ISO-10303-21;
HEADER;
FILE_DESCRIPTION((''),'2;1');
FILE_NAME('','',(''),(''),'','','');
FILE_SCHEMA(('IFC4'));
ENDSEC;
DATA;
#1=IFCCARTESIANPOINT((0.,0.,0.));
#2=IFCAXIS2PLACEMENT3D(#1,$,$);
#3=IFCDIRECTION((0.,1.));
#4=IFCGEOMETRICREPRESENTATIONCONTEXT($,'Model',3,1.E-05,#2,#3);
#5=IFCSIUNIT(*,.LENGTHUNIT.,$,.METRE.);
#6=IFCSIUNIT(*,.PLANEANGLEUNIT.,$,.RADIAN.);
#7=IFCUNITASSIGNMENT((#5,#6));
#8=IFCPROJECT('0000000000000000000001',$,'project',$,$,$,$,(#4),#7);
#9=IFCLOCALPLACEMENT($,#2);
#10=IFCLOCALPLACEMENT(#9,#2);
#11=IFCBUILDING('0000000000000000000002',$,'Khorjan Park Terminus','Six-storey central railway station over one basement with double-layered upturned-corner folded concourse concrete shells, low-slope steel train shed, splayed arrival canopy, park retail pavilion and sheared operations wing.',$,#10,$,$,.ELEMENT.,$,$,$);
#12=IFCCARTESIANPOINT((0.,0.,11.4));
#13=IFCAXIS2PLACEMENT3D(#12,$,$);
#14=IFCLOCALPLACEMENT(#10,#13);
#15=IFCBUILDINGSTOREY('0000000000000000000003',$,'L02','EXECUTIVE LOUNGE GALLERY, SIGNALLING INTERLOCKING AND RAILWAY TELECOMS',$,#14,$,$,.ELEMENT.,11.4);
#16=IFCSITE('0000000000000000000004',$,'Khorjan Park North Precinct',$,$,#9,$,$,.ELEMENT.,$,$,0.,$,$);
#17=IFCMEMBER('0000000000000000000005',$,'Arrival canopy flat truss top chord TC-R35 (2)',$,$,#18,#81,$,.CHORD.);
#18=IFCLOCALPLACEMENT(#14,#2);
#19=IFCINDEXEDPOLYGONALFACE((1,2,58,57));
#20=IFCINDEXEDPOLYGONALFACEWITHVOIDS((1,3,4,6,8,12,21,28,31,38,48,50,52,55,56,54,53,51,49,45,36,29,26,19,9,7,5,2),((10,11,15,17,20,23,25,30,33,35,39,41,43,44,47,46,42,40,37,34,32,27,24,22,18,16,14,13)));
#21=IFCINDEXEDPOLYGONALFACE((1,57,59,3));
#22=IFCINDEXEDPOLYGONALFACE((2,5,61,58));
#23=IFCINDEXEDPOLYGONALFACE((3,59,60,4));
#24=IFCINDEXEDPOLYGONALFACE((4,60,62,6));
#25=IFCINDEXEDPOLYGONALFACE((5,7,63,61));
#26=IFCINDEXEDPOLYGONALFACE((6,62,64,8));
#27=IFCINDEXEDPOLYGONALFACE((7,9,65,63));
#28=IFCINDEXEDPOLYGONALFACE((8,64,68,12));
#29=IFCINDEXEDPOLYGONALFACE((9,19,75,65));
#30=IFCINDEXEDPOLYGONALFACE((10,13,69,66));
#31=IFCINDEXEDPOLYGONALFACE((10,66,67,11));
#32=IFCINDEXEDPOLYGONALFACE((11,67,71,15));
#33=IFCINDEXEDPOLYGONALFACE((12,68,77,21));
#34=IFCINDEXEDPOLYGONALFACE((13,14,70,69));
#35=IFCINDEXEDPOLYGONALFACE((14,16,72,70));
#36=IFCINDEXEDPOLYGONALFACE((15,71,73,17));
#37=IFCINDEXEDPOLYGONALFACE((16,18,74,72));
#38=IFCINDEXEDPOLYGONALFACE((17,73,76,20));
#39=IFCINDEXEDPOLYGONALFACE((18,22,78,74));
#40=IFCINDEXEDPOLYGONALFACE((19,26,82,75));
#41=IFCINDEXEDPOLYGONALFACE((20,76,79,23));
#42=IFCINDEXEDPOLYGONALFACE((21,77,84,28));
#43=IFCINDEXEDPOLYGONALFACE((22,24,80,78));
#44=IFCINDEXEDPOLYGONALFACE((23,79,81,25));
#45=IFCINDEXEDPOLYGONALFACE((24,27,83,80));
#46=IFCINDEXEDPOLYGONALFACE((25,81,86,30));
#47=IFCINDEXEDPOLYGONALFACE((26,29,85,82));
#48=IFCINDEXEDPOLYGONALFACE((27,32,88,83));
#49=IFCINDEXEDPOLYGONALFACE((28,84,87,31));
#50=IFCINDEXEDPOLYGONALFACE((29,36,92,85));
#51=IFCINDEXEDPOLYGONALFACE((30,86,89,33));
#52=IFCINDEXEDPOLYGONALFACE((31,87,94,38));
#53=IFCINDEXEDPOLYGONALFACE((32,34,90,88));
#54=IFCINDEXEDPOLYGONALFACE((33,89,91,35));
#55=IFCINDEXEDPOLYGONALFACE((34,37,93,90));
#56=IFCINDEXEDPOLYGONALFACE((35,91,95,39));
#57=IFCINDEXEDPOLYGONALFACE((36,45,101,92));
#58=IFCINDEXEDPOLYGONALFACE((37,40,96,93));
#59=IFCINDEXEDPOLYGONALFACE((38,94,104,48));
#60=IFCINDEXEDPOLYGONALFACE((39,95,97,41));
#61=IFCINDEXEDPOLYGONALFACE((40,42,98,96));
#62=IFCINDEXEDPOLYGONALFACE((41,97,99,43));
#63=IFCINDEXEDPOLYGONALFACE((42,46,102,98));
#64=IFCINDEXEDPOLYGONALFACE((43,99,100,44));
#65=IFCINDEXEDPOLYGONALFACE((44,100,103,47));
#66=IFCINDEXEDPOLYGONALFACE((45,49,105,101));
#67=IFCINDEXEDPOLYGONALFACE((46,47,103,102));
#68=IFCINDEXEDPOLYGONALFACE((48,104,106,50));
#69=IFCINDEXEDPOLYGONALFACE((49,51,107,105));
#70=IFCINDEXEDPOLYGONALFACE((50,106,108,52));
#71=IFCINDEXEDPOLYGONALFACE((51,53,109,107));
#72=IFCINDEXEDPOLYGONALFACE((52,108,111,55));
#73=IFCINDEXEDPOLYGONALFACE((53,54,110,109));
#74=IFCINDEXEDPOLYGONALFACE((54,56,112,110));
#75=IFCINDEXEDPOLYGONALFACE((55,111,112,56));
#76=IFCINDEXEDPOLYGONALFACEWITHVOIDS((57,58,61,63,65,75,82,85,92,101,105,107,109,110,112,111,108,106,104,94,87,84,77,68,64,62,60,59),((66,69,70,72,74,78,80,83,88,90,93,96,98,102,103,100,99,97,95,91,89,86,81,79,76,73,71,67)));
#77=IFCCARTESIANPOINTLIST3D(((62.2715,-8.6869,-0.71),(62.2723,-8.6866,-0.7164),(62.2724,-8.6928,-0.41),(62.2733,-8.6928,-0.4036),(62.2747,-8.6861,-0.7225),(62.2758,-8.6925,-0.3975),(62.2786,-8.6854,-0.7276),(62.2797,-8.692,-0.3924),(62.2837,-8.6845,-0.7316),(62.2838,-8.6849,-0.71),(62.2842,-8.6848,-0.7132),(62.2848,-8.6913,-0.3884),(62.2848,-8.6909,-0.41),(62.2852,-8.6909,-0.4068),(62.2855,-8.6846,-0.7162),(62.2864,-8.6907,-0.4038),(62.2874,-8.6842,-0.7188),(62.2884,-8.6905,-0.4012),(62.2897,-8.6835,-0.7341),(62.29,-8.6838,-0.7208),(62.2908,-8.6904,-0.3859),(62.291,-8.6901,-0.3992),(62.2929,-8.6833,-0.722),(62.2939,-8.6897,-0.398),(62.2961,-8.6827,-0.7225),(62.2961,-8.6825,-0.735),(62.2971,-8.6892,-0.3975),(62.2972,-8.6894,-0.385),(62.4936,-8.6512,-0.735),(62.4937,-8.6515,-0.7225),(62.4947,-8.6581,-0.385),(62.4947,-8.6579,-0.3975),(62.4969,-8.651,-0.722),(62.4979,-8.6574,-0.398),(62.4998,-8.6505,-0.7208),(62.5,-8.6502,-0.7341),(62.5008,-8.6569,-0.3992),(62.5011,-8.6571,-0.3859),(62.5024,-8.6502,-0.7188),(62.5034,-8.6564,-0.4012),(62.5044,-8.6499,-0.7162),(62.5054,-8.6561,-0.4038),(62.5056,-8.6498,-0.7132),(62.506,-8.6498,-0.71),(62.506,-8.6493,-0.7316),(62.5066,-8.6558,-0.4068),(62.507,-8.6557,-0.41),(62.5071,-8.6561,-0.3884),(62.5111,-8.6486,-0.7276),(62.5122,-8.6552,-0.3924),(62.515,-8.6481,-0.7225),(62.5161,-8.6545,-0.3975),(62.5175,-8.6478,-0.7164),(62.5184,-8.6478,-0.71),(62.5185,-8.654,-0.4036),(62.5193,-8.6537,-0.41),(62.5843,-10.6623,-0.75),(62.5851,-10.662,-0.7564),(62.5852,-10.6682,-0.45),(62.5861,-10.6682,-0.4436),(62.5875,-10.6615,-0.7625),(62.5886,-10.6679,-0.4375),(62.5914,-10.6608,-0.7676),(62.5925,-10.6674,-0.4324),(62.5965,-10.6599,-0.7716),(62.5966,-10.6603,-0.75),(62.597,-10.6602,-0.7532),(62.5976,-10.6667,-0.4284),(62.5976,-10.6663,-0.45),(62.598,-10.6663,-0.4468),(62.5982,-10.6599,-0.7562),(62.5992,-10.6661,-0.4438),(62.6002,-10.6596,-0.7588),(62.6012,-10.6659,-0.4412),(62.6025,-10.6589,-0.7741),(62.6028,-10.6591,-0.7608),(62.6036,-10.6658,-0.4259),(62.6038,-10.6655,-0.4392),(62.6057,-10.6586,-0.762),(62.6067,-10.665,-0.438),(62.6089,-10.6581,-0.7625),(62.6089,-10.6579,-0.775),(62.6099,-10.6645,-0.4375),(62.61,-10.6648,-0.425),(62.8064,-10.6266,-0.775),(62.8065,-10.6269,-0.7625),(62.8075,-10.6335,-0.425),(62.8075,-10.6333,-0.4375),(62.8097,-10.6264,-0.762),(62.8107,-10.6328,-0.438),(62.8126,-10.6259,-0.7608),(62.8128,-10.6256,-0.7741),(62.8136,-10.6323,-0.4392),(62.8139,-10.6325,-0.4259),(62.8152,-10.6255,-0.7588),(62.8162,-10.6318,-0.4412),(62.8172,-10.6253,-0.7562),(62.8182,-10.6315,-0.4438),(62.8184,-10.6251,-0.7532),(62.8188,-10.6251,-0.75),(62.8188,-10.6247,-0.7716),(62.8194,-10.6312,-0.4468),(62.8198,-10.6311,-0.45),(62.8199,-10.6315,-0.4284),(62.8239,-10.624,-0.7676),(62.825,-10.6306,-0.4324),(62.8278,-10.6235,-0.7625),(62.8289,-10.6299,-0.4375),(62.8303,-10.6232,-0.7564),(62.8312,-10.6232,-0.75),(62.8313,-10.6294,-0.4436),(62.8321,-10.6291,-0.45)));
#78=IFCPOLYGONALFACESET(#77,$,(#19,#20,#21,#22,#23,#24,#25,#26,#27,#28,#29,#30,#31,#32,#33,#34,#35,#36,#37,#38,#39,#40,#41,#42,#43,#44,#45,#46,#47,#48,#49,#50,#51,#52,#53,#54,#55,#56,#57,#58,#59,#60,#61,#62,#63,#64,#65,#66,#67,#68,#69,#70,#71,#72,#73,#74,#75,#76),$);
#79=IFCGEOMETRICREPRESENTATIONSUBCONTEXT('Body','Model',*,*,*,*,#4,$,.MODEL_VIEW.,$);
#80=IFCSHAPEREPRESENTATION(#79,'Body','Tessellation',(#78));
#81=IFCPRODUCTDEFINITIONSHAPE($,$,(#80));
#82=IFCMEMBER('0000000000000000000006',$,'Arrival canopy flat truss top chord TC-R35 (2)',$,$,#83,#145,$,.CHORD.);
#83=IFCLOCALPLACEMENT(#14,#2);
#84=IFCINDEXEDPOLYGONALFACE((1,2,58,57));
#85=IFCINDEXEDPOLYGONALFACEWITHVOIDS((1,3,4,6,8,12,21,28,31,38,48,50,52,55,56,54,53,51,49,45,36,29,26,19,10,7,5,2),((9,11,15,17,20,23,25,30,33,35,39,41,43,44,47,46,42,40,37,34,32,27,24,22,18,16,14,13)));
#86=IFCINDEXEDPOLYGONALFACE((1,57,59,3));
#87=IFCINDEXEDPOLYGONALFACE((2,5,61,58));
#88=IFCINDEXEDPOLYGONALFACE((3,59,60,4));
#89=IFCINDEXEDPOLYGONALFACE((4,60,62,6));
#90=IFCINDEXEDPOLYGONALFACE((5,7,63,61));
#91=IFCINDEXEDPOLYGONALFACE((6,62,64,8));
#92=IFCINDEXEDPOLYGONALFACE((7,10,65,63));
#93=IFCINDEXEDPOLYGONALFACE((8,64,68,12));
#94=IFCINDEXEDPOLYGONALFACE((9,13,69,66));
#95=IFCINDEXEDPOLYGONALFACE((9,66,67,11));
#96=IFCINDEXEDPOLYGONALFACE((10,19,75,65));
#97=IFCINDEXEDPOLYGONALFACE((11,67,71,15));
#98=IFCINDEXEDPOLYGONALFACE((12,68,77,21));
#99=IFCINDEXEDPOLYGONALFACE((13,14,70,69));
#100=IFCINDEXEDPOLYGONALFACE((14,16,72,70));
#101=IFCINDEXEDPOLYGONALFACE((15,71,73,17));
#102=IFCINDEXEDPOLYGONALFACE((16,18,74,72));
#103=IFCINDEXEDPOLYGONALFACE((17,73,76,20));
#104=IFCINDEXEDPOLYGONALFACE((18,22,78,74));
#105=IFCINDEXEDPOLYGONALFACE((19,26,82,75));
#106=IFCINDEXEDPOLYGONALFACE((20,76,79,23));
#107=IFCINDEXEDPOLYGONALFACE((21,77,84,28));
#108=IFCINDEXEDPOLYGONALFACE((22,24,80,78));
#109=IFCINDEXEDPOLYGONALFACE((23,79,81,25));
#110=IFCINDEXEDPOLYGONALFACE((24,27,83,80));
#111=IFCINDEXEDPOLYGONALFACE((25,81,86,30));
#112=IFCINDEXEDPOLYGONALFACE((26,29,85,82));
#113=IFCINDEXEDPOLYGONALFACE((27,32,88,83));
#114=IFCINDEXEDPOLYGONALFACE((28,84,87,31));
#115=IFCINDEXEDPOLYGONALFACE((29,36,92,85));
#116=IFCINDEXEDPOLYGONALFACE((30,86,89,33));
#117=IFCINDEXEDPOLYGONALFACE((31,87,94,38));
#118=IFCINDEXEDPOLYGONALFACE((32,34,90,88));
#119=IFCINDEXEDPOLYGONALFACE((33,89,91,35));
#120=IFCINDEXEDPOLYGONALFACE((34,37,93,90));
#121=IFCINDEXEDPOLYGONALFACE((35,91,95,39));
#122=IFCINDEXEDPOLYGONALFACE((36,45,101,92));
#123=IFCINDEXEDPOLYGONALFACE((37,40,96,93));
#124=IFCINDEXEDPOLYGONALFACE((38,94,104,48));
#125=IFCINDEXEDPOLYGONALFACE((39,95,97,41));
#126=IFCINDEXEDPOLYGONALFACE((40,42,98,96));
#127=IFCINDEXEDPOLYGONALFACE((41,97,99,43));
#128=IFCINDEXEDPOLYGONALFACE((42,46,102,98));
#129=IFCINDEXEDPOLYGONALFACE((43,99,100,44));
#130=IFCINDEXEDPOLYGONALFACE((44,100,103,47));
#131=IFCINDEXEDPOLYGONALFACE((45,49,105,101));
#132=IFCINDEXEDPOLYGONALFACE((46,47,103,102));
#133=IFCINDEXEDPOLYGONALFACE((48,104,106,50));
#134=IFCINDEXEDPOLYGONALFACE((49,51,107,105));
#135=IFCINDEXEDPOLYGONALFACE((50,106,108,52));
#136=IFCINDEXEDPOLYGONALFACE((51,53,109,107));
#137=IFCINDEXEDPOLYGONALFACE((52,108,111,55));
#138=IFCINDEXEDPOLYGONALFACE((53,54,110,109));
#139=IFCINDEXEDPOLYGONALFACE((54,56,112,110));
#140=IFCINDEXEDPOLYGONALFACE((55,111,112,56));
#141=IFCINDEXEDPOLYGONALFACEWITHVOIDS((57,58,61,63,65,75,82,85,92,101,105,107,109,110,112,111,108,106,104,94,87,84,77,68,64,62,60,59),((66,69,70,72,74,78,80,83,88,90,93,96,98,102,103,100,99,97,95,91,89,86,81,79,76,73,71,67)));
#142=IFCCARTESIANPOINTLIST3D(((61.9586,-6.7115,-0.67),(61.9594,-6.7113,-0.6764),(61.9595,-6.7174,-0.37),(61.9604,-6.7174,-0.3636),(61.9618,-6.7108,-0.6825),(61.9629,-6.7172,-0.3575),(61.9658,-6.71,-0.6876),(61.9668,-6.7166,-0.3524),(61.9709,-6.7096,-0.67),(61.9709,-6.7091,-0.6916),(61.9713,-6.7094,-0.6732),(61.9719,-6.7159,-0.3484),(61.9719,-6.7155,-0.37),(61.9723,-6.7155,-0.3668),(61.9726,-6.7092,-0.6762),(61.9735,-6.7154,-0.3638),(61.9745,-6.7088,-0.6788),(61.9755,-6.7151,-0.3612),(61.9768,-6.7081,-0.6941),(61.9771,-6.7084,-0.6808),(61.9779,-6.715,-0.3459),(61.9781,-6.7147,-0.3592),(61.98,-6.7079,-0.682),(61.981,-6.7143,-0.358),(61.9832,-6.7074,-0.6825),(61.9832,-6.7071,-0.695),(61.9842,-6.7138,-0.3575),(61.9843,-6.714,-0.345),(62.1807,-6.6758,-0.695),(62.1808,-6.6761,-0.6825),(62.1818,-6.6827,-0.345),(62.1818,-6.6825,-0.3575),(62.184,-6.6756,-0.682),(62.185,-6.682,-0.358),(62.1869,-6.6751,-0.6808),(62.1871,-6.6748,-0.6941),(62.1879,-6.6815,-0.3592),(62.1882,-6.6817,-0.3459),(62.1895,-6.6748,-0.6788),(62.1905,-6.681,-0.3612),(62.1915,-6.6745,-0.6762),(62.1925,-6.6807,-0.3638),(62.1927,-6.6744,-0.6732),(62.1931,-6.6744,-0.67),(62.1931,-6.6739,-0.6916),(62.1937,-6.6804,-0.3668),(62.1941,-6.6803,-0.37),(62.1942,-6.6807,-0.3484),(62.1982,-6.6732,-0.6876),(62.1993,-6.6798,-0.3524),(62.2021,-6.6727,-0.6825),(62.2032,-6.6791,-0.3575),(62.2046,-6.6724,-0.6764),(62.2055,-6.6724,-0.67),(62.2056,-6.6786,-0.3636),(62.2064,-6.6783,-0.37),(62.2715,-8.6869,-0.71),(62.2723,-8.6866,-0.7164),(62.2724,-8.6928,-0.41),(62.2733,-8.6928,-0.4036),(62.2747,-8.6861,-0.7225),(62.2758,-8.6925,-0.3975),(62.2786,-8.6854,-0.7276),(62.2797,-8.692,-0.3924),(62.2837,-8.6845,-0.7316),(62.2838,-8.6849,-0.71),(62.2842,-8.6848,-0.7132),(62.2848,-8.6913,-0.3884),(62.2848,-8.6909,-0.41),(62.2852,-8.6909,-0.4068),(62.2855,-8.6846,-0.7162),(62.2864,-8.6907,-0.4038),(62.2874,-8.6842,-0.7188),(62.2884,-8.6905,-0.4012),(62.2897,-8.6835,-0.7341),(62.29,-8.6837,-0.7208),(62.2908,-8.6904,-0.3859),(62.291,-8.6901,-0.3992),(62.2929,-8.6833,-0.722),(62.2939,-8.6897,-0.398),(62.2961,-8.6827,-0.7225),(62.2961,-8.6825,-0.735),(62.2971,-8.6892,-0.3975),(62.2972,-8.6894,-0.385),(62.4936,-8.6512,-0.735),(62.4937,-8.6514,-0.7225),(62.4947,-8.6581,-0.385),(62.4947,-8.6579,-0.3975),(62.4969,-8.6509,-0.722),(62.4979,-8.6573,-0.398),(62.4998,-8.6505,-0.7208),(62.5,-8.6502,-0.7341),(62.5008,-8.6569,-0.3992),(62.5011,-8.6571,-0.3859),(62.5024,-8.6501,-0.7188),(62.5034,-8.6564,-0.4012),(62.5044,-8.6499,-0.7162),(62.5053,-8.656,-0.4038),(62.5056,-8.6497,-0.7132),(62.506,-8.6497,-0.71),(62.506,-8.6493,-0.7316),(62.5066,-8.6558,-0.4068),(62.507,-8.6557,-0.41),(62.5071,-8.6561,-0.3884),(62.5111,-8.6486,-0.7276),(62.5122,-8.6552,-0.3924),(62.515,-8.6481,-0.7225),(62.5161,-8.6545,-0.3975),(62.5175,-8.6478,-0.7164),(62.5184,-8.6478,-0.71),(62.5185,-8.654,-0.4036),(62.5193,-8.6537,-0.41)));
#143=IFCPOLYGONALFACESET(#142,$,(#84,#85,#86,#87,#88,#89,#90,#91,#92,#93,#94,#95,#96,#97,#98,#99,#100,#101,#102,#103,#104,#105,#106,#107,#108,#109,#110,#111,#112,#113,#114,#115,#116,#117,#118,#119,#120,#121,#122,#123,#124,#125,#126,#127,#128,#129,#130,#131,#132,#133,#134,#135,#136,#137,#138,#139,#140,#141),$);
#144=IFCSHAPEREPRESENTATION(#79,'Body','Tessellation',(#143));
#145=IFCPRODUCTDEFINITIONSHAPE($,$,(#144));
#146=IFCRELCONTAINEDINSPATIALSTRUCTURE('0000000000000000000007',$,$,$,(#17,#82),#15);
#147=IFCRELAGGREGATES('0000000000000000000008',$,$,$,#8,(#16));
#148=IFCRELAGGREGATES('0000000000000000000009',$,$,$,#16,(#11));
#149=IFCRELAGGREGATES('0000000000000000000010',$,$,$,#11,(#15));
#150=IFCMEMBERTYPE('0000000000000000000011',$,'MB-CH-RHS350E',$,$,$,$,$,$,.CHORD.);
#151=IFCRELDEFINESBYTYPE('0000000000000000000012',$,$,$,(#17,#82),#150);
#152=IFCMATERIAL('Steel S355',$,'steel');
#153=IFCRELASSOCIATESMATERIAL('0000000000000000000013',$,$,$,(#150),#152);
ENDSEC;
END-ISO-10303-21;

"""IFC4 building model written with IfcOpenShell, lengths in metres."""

from ifc_helpers import new_model, si_unit, direction, frame, origin, origin_2d, place, context, subcontext, project, spatial, hollow_rectangle, extrude, material, material_profile, profile_set, type_object, element, save


model = new_model("IFC4")

# Units and contexts
model_context = context("Model", 3, precision=1e-05, world=origin(), true_north=direction((0.0, 1.0)))
body_context = subcontext(model_context, "Body", "Model", "MODEL_VIEW")
ifc_project = project(units=[si_unit("LENGTHUNIT", "METRE"), si_unit("PLANEANGLEUNIT", "RADIAN")], contexts=[model_context])

# Site, building, storey
site_placement = place(None, origin())
site = spatial("IfcSite", under=ifc_project, at=site_placement, Name="Khorjan Park North Precinct", CompositionType="ELEMENT", RefElevation=0.0)
building_placement = place(site_placement, origin())
building = spatial("IfcBuilding", under=site, at=building_placement, Name="Khorjan Park Terminus", Description="Six-storey central railway station over one basement with double-layered upturned-corner folded concourse concrete shells, low-slope steel train shed, splayed arrival canopy, park retail pavilion and sheared operations wing.", CompositionType="ELEMENT")
storey_placement = place(building_placement, frame((0.0, 0.0, 11.4)))
storey = spatial("IfcBuildingStorey", under=building, at=storey_placement, Name="L02", Description="EXECUTIVE LOUNGE GALLERY, SIGNALLING INTERLOCKING AND RAILWAY TELECOMS", CompositionType="ELEMENT", Elevation=11.4)

# Members
ifc_material = material(Name="Steel S355", Category="steel")
ifc_material_profile_1 = material_profile(ifc_material, hollow_rectangle(XDim=0.25, YDim=0.35, WallThickness=0.0125, InnerFilletRadius=0.0125, OuterFilletRadius=0.025, at=origin_2d()), Name="RHS 350x250x12.5")
ifc_profile_set_1 = profile_set([ifc_material_profile_1], Name="Steel S355")
member_type_1 = type_object("IfcMemberType", Name="MB-CH-RHS350E", PredefinedType="CHORD", material=ifc_profile_set_1)
for number, where, z_axis, x_axis, name in (
    (1, (62.7082, -10.6457, -0.6), (-0.156368, 0.987496, 0.019996), (-0.987694, -0.156399, 0.0), "Arrival canopy flat truss top chord TC-R35 (2)"),
    (2, (62.3954, -8.6703, -0.56), (-0.156417, 0.987489, 0.019996), (-0.987686, -0.156448, 0.0), "Arrival canopy flat truss top chord TC-R35 (2)"),
):
    element("IfcMember", number, at=place(storey_placement, frame(where, z_axis=z_axis, x_axis=x_axis)), inside=storey, type_object=member_type_1, Name=name, PredefinedType="CHORD", context=body_context, shape_type="SweptSolid", body=[
        extrude(hollow_rectangle(XDim=0.25, YDim=0.35, WallThickness=0.0125, InnerFilletRadius=0.0125, OuterFilletRadius=0.025, at=origin_2d()), origin(), (0.0, 0.0, 1.0), 2.0004),
    ])

save(model, "model.ifc")
